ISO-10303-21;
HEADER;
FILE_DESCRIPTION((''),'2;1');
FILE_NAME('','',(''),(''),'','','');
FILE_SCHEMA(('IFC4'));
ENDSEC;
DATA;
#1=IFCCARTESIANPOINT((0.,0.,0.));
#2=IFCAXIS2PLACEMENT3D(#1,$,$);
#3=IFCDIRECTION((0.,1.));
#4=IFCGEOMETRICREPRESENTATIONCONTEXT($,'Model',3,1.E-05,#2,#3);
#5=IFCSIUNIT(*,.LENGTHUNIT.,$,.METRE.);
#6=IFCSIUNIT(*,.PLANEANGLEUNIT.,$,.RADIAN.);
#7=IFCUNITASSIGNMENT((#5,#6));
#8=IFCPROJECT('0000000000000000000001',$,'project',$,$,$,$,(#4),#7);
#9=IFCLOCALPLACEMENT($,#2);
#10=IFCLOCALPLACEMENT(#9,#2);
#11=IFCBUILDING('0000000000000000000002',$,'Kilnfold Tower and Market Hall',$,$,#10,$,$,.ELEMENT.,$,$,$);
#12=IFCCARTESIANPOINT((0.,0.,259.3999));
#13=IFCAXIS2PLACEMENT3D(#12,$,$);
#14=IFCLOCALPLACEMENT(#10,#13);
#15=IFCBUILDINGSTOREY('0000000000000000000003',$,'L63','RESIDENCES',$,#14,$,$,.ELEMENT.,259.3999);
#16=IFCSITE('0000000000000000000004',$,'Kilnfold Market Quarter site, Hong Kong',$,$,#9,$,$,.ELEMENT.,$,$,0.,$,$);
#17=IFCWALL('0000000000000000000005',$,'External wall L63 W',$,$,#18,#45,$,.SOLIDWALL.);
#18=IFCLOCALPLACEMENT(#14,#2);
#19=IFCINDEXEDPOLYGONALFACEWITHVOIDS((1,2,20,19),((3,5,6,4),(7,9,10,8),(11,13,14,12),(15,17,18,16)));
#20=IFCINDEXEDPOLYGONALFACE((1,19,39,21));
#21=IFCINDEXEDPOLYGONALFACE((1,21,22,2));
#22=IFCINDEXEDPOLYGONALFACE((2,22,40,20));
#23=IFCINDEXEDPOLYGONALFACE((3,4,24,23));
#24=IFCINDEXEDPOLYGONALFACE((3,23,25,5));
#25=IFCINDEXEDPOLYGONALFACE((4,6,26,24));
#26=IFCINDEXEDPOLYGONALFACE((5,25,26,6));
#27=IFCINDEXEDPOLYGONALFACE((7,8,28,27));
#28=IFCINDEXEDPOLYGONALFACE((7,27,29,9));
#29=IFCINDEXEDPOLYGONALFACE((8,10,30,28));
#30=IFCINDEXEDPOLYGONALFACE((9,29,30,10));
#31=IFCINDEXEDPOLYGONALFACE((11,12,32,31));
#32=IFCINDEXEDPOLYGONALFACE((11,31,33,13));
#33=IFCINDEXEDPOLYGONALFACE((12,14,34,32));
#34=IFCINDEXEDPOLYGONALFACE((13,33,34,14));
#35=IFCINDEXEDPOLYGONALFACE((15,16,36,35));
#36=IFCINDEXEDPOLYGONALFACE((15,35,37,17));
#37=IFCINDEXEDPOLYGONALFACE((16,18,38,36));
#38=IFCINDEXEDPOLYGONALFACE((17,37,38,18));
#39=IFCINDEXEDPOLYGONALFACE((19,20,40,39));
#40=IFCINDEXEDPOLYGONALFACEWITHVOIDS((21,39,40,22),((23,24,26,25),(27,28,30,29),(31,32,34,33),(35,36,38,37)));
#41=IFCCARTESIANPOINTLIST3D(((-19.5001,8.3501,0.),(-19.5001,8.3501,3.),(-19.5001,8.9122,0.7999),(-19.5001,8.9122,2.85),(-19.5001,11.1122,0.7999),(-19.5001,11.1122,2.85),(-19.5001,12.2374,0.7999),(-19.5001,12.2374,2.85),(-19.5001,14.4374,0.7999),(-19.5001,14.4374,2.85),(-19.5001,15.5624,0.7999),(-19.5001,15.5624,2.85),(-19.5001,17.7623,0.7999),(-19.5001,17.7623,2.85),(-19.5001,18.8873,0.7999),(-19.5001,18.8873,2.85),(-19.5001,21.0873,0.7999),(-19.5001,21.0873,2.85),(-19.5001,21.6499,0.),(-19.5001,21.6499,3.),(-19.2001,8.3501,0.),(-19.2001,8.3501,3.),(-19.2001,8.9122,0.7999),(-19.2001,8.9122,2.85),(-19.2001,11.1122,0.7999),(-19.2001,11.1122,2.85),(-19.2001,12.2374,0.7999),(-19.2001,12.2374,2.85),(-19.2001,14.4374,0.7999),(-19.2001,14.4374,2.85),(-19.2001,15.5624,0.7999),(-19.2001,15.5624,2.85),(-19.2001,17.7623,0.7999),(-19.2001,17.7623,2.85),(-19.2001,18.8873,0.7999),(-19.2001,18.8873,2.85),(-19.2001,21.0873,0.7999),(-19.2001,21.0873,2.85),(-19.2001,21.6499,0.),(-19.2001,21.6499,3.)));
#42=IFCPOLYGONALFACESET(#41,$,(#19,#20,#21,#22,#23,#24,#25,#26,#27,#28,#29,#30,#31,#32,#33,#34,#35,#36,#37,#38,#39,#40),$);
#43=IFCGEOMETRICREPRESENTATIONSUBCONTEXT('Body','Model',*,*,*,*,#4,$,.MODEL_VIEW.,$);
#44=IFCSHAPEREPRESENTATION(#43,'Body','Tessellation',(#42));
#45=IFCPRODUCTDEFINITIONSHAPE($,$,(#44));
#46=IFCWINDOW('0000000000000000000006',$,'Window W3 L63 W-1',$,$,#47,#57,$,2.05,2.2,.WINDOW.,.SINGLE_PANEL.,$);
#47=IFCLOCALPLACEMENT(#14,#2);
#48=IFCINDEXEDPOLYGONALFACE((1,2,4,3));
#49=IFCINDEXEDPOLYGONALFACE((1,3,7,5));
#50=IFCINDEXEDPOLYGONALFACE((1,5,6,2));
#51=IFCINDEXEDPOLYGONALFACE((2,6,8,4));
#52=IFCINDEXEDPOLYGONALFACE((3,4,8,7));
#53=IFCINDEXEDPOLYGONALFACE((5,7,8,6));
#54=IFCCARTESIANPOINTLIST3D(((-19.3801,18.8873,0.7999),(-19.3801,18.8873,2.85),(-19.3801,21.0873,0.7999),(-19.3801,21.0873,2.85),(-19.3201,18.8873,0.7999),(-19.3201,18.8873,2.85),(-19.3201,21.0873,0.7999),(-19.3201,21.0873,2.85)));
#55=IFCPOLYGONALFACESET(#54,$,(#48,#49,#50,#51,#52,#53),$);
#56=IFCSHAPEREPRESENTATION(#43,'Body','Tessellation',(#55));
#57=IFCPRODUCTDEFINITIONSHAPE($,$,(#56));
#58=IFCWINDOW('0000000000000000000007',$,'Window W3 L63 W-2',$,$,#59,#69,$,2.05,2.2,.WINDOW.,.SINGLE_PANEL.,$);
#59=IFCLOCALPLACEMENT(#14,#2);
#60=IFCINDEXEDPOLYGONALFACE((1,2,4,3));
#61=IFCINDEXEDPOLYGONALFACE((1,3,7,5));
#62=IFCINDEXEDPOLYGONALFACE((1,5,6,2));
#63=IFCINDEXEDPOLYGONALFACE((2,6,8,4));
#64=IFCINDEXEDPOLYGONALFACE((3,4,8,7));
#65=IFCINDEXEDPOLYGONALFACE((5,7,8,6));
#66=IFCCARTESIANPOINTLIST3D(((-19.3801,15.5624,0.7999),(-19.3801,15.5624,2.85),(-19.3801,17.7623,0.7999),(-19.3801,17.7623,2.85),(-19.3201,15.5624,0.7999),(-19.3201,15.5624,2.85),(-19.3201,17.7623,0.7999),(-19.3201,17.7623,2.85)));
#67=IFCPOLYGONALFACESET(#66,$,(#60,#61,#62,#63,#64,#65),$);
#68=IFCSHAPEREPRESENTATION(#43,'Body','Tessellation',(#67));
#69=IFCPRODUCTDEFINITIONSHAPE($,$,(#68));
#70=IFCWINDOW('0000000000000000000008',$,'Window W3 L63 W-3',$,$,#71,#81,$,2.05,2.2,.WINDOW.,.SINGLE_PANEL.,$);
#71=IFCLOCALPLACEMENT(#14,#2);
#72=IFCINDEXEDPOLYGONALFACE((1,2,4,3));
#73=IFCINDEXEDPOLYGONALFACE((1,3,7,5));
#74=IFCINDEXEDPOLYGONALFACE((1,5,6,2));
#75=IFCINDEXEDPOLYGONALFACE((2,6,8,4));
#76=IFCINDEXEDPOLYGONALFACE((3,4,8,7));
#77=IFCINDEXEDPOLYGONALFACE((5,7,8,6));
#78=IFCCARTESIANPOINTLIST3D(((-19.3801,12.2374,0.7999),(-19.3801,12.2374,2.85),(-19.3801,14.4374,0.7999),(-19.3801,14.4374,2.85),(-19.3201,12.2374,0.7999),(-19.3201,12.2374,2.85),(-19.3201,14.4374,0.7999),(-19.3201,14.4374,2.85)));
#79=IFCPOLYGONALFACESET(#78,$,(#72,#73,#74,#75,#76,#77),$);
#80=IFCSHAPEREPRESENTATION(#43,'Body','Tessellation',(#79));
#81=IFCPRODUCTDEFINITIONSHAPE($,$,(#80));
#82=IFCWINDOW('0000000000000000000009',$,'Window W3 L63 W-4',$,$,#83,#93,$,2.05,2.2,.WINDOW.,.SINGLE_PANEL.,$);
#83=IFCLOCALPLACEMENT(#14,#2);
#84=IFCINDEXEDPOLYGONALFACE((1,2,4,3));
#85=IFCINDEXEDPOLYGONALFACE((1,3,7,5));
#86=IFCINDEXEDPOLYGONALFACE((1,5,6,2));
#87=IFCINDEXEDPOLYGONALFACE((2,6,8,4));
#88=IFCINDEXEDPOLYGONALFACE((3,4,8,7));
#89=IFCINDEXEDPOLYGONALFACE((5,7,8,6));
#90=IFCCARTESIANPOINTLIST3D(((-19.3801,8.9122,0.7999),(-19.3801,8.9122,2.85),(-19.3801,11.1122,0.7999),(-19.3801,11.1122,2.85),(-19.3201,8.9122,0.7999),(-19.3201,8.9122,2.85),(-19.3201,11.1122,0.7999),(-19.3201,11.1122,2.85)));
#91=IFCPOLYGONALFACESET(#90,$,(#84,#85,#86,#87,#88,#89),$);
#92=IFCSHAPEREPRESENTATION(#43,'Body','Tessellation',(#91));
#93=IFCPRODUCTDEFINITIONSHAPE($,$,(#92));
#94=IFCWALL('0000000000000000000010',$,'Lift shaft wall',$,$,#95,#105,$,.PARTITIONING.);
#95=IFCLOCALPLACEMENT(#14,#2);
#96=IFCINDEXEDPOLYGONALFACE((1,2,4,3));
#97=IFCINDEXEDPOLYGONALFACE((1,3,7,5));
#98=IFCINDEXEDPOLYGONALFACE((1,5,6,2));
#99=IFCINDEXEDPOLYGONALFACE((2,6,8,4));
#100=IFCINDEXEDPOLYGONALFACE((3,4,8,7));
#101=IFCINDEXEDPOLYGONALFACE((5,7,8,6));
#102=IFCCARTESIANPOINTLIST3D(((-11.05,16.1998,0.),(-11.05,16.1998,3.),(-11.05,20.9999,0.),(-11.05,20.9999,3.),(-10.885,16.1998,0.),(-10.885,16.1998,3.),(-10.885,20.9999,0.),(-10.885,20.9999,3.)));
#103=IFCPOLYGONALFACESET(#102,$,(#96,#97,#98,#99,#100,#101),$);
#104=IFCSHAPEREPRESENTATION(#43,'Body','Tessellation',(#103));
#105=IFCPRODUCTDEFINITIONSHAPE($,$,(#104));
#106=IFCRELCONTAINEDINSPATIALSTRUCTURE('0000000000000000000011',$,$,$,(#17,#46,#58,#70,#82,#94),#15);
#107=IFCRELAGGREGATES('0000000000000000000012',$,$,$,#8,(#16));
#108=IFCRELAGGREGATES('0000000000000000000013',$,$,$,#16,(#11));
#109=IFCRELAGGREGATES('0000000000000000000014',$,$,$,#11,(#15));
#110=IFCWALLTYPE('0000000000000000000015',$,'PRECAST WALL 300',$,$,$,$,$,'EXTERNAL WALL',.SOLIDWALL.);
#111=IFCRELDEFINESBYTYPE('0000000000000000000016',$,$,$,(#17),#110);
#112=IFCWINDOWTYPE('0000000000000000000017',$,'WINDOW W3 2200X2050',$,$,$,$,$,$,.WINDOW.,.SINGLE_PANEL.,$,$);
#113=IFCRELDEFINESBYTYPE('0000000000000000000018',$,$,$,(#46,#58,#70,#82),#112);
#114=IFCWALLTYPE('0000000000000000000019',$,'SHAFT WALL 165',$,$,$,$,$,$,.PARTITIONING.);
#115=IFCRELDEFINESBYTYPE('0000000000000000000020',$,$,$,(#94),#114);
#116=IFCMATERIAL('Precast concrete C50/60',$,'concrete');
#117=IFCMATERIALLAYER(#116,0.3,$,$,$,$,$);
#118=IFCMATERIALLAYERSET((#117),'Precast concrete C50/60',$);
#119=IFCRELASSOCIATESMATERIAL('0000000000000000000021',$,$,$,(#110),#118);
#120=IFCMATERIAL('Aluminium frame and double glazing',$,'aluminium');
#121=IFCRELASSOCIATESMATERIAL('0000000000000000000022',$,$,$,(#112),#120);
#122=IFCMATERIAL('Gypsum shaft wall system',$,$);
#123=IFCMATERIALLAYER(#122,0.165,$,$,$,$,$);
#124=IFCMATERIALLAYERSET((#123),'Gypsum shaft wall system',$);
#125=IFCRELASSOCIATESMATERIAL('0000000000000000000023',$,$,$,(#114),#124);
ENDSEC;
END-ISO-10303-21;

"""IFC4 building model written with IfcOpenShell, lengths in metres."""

from ifc_helpers import new_model, si_unit, direction, frame, frame_2d, origin, place, context, subcontext, project, spatial, rectangle, extrude, source, transform, mapped, material, layer, layer_set, type_object, element, fill, save


model = new_model("IFC4")

# Units and contexts
model_context = context("Model", 3, precision=1e-05, world=origin(), true_north=direction((0.0, 1.0)))
body_context = subcontext(model_context, "Body", "Model", "MODEL_VIEW")
ifc_project = project(units=[si_unit("LENGTHUNIT", "METRE"), si_unit("PLANEANGLEUNIT", "RADIAN")], contexts=[model_context])

# Site, building, storey
site_placement = place(None, origin())
site = spatial("IfcSite", under=ifc_project, at=site_placement, Name="Kilnfold Market Quarter site, Hong Kong", CompositionType="ELEMENT", RefElevation=0.0)
building_placement = place(site_placement, origin())
building = spatial("IfcBuilding", under=site, at=building_placement, Name="Kilnfold Tower and Market Hall", CompositionType="ELEMENT")
storey_placement = place(building_placement, frame((0.0, 0.0, 259.3999)))
storey = spatial("IfcBuildingStorey", under=building, at=storey_placement, Name="L63", Description="RESIDENCES", CompositionType="ELEMENT", Elevation=259.3999)

# Wall, openings, windows
ifc_material_1 = material(Name="Precast concrete C50/60", Category="concrete")
ifc_layer_1 = layer(ifc_material_1, 0.3)
ifc_layer_set_1 = layer_set([ifc_layer_1], Name="Precast concrete C50/60")
wall_type_1 = type_object("IfcWallType", Name="PRECAST WALL 300", ElementType="EXTERNAL WALL", PredefinedType="SOLIDWALL", material=ifc_layer_set_1)
shared_shape_1 = source(origin(), body_context, "Body", "SweptSolid", [
    extrude(rectangle(XDim=13.2998, YDim=0.3, at=frame_2d((6.6499, 0.0))), origin(), (0.0, 0.0, 1.0), 3.0),
])
wall_1_placement = place(storey_placement, frame((-19.3501, 21.6499, 0.0), z_axis=(0.0, 0.0, 1.0), x_axis=(0.0, -1.0, 0.0)))
wall_1 = element("IfcWall", 1, at=wall_1_placement, inside=storey, type_object=wall_type_1, Name="External wall L63 W", PredefinedType="SOLIDWALL", context=body_context, shape_type="MappedRepresentation", body=[
    mapped(shared_shape_1, transform((0.0, 0.0, 0.0))),
])
opening_1_placement = place(wall_1_placement, frame((0.5625, 0.0, 0.8)))
opening_1 = element("IfcOpeningElement", 2, at=opening_1_placement, cuts=wall_1, PredefinedType="OPENING", context=body_context, shape_type="SweptSolid", body=[
    extrude(rectangle(XDim=2.2, YDim=2.05, at=frame_2d((1.1001, 1.0249))), frame((0.0, 0.1602, 0.0), z_axis=(0.0, -1.0, 0.0), x_axis=(1.0, 0.0, 0.0)), (0.0, 0.0, 1.0), 0.3201),
])
opening_2_placement = place(wall_1_placement, frame((3.8875, 0.0, 0.8)))
opening_2 = element("IfcOpeningElement", 3, at=opening_2_placement, cuts=wall_1, PredefinedType="OPENING", context=body_context, shape_type="SweptSolid", body=[
    extrude(rectangle(XDim=2.2, YDim=2.05, at=frame_2d((1.1001, 1.0249))), frame((0.0, 0.1602, 0.0), z_axis=(0.0, -1.0, 0.0), x_axis=(1.0, 0.0, 0.0)), (0.0, 0.0, 1.0), 0.3201),
])
opening_3_placement = place(wall_1_placement, frame((7.2124, 0.0, 0.8)))
opening_3 = element("IfcOpeningElement", 4, at=opening_3_placement, cuts=wall_1, PredefinedType="OPENING", context=body_context, shape_type="SweptSolid", body=[
    extrude(rectangle(XDim=2.2, YDim=2.05, at=frame_2d((1.1001, 1.0249))), frame((0.0, 0.1602, 0.0), z_axis=(0.0, -1.0, 0.0), x_axis=(1.0, 0.0, 0.0)), (0.0, 0.0, 1.0), 0.3201),
])
opening_4_placement = place(wall_1_placement, frame((10.5376, 0.0, 0.8)))
opening_4 = element("IfcOpeningElement", 5, at=opening_4_placement, cuts=wall_1, PredefinedType="OPENING", context=body_context, shape_type="SweptSolid", body=[
    extrude(rectangle(XDim=2.2, YDim=2.05, at=frame_2d((1.1001, 1.0249))), frame((0.0, 0.1602, 0.0), z_axis=(0.0, -1.0, 0.0), x_axis=(1.0, 0.0, 0.0)), (0.0, 0.0, 1.0), 0.3201),
])
ifc_material_2 = material(Name="Aluminium frame and double glazing", Category="aluminium")
window_type = type_object("IfcWindowType", Name="WINDOW W3 2200X2050", PartitioningType="SINGLE_PANEL", PredefinedType="WINDOW", material=ifc_material_2)
window_1_placement = place(opening_1_placement, origin())
window_1 = element("IfcWindow", 6, at=window_1_placement, inside=storey, type_object=window_type, Name="Window W3 L63 W-1", OverallHeight=2.05, OverallWidth=2.2, PartitioningType="SINGLE_PANEL", PredefinedType="WINDOW", context=body_context, shape_type="SweptSolid", body=[
    extrude(rectangle(XDim=2.2, YDim=2.05, at=frame_2d((1.1001, 1.0249))), frame((0.0, 0.03, 0.0), z_axis=(0.0, -1.0, 0.0), x_axis=(1.0, 0.0, 0.0)), (0.0, 0.0, 1.0), 0.0601),
])
fill(opening_1, window_1)
window_2_placement = place(opening_2_placement, origin())
window_2 = element("IfcWindow", 7, at=window_2_placement, inside=storey, type_object=window_type, Name="Window W3 L63 W-2", OverallHeight=2.05, OverallWidth=2.2, PartitioningType="SINGLE_PANEL", PredefinedType="WINDOW", context=body_context, shape_type="SweptSolid", body=[
    extrude(rectangle(XDim=2.2, YDim=2.05, at=frame_2d((1.1001, 1.0249))), frame((0.0, 0.03, 0.0), z_axis=(0.0, -1.0, 0.0), x_axis=(1.0, 0.0, 0.0)), (0.0, 0.0, 1.0), 0.0601),
])
fill(opening_2, window_2)
window_3_placement = place(opening_3_placement, origin())
window_3 = element("IfcWindow", 8, at=window_3_placement, inside=storey, type_object=window_type, Name="Window W3 L63 W-3", OverallHeight=2.05, OverallWidth=2.2, PartitioningType="SINGLE_PANEL", PredefinedType="WINDOW", context=body_context, shape_type="SweptSolid", body=[
    extrude(rectangle(XDim=2.2, YDim=2.05, at=frame_2d((1.1001, 1.0249))), frame((0.0, 0.03, 0.0), z_axis=(0.0, -1.0, 0.0), x_axis=(1.0, 0.0, 0.0)), (0.0, 0.0, 1.0), 0.0601),
])
fill(opening_3, window_3)
window_4_placement = place(opening_4_placement, origin())
window_4 = element("IfcWindow", 9, at=window_4_placement, inside=storey, type_object=window_type, Name="Window W3 L63 W-4", OverallHeight=2.05, OverallWidth=2.2, PartitioningType="SINGLE_PANEL", PredefinedType="WINDOW", context=body_context, shape_type="SweptSolid", body=[
    extrude(rectangle(XDim=2.2, YDim=2.05, at=frame_2d((1.1001, 1.0249))), frame((0.0, 0.03, 0.0), z_axis=(0.0, -1.0, 0.0), x_axis=(1.0, 0.0, 0.0)), (0.0, 0.0, 1.0), 0.0601),
])
fill(opening_4, window_4)

# Wall
ifc_material_3 = material(Name="Gypsum shaft wall system")
ifc_layer_2 = layer(ifc_material_3, 0.165)
ifc_layer_set_2 = layer_set([ifc_layer_2], Name="Gypsum shaft wall system")
wall_type_2 = type_object("IfcWallType", Name="SHAFT WALL 165", PredefinedType="PARTITIONING", material=ifc_layer_set_2)
shared_shape_2 = source(origin(), body_context, "Body", "SweptSolid", [
    extrude(rectangle(XDim=4.8, YDim=0.165, at=frame_2d((2.3999, 0.0))), origin(), (0.0, 0.0, 1.0), 3.0),
])
wall_2_placement = place(storey_placement, frame((-10.9675, 16.2, 0.0), z_axis=(0.0, 0.0, 1.0), x_axis=(0.0, 1.0, 0.0)))
element("IfcWall", 10, at=wall_2_placement, inside=storey, type_object=wall_type_2, Name="Lift shaft wall", PredefinedType="PARTITIONING", context=body_context, shape_type="MappedRepresentation", body=[
    mapped(shared_shape_2, transform((0.0, 0.0, 0.0))),
])

save(model, "model.ifc")
